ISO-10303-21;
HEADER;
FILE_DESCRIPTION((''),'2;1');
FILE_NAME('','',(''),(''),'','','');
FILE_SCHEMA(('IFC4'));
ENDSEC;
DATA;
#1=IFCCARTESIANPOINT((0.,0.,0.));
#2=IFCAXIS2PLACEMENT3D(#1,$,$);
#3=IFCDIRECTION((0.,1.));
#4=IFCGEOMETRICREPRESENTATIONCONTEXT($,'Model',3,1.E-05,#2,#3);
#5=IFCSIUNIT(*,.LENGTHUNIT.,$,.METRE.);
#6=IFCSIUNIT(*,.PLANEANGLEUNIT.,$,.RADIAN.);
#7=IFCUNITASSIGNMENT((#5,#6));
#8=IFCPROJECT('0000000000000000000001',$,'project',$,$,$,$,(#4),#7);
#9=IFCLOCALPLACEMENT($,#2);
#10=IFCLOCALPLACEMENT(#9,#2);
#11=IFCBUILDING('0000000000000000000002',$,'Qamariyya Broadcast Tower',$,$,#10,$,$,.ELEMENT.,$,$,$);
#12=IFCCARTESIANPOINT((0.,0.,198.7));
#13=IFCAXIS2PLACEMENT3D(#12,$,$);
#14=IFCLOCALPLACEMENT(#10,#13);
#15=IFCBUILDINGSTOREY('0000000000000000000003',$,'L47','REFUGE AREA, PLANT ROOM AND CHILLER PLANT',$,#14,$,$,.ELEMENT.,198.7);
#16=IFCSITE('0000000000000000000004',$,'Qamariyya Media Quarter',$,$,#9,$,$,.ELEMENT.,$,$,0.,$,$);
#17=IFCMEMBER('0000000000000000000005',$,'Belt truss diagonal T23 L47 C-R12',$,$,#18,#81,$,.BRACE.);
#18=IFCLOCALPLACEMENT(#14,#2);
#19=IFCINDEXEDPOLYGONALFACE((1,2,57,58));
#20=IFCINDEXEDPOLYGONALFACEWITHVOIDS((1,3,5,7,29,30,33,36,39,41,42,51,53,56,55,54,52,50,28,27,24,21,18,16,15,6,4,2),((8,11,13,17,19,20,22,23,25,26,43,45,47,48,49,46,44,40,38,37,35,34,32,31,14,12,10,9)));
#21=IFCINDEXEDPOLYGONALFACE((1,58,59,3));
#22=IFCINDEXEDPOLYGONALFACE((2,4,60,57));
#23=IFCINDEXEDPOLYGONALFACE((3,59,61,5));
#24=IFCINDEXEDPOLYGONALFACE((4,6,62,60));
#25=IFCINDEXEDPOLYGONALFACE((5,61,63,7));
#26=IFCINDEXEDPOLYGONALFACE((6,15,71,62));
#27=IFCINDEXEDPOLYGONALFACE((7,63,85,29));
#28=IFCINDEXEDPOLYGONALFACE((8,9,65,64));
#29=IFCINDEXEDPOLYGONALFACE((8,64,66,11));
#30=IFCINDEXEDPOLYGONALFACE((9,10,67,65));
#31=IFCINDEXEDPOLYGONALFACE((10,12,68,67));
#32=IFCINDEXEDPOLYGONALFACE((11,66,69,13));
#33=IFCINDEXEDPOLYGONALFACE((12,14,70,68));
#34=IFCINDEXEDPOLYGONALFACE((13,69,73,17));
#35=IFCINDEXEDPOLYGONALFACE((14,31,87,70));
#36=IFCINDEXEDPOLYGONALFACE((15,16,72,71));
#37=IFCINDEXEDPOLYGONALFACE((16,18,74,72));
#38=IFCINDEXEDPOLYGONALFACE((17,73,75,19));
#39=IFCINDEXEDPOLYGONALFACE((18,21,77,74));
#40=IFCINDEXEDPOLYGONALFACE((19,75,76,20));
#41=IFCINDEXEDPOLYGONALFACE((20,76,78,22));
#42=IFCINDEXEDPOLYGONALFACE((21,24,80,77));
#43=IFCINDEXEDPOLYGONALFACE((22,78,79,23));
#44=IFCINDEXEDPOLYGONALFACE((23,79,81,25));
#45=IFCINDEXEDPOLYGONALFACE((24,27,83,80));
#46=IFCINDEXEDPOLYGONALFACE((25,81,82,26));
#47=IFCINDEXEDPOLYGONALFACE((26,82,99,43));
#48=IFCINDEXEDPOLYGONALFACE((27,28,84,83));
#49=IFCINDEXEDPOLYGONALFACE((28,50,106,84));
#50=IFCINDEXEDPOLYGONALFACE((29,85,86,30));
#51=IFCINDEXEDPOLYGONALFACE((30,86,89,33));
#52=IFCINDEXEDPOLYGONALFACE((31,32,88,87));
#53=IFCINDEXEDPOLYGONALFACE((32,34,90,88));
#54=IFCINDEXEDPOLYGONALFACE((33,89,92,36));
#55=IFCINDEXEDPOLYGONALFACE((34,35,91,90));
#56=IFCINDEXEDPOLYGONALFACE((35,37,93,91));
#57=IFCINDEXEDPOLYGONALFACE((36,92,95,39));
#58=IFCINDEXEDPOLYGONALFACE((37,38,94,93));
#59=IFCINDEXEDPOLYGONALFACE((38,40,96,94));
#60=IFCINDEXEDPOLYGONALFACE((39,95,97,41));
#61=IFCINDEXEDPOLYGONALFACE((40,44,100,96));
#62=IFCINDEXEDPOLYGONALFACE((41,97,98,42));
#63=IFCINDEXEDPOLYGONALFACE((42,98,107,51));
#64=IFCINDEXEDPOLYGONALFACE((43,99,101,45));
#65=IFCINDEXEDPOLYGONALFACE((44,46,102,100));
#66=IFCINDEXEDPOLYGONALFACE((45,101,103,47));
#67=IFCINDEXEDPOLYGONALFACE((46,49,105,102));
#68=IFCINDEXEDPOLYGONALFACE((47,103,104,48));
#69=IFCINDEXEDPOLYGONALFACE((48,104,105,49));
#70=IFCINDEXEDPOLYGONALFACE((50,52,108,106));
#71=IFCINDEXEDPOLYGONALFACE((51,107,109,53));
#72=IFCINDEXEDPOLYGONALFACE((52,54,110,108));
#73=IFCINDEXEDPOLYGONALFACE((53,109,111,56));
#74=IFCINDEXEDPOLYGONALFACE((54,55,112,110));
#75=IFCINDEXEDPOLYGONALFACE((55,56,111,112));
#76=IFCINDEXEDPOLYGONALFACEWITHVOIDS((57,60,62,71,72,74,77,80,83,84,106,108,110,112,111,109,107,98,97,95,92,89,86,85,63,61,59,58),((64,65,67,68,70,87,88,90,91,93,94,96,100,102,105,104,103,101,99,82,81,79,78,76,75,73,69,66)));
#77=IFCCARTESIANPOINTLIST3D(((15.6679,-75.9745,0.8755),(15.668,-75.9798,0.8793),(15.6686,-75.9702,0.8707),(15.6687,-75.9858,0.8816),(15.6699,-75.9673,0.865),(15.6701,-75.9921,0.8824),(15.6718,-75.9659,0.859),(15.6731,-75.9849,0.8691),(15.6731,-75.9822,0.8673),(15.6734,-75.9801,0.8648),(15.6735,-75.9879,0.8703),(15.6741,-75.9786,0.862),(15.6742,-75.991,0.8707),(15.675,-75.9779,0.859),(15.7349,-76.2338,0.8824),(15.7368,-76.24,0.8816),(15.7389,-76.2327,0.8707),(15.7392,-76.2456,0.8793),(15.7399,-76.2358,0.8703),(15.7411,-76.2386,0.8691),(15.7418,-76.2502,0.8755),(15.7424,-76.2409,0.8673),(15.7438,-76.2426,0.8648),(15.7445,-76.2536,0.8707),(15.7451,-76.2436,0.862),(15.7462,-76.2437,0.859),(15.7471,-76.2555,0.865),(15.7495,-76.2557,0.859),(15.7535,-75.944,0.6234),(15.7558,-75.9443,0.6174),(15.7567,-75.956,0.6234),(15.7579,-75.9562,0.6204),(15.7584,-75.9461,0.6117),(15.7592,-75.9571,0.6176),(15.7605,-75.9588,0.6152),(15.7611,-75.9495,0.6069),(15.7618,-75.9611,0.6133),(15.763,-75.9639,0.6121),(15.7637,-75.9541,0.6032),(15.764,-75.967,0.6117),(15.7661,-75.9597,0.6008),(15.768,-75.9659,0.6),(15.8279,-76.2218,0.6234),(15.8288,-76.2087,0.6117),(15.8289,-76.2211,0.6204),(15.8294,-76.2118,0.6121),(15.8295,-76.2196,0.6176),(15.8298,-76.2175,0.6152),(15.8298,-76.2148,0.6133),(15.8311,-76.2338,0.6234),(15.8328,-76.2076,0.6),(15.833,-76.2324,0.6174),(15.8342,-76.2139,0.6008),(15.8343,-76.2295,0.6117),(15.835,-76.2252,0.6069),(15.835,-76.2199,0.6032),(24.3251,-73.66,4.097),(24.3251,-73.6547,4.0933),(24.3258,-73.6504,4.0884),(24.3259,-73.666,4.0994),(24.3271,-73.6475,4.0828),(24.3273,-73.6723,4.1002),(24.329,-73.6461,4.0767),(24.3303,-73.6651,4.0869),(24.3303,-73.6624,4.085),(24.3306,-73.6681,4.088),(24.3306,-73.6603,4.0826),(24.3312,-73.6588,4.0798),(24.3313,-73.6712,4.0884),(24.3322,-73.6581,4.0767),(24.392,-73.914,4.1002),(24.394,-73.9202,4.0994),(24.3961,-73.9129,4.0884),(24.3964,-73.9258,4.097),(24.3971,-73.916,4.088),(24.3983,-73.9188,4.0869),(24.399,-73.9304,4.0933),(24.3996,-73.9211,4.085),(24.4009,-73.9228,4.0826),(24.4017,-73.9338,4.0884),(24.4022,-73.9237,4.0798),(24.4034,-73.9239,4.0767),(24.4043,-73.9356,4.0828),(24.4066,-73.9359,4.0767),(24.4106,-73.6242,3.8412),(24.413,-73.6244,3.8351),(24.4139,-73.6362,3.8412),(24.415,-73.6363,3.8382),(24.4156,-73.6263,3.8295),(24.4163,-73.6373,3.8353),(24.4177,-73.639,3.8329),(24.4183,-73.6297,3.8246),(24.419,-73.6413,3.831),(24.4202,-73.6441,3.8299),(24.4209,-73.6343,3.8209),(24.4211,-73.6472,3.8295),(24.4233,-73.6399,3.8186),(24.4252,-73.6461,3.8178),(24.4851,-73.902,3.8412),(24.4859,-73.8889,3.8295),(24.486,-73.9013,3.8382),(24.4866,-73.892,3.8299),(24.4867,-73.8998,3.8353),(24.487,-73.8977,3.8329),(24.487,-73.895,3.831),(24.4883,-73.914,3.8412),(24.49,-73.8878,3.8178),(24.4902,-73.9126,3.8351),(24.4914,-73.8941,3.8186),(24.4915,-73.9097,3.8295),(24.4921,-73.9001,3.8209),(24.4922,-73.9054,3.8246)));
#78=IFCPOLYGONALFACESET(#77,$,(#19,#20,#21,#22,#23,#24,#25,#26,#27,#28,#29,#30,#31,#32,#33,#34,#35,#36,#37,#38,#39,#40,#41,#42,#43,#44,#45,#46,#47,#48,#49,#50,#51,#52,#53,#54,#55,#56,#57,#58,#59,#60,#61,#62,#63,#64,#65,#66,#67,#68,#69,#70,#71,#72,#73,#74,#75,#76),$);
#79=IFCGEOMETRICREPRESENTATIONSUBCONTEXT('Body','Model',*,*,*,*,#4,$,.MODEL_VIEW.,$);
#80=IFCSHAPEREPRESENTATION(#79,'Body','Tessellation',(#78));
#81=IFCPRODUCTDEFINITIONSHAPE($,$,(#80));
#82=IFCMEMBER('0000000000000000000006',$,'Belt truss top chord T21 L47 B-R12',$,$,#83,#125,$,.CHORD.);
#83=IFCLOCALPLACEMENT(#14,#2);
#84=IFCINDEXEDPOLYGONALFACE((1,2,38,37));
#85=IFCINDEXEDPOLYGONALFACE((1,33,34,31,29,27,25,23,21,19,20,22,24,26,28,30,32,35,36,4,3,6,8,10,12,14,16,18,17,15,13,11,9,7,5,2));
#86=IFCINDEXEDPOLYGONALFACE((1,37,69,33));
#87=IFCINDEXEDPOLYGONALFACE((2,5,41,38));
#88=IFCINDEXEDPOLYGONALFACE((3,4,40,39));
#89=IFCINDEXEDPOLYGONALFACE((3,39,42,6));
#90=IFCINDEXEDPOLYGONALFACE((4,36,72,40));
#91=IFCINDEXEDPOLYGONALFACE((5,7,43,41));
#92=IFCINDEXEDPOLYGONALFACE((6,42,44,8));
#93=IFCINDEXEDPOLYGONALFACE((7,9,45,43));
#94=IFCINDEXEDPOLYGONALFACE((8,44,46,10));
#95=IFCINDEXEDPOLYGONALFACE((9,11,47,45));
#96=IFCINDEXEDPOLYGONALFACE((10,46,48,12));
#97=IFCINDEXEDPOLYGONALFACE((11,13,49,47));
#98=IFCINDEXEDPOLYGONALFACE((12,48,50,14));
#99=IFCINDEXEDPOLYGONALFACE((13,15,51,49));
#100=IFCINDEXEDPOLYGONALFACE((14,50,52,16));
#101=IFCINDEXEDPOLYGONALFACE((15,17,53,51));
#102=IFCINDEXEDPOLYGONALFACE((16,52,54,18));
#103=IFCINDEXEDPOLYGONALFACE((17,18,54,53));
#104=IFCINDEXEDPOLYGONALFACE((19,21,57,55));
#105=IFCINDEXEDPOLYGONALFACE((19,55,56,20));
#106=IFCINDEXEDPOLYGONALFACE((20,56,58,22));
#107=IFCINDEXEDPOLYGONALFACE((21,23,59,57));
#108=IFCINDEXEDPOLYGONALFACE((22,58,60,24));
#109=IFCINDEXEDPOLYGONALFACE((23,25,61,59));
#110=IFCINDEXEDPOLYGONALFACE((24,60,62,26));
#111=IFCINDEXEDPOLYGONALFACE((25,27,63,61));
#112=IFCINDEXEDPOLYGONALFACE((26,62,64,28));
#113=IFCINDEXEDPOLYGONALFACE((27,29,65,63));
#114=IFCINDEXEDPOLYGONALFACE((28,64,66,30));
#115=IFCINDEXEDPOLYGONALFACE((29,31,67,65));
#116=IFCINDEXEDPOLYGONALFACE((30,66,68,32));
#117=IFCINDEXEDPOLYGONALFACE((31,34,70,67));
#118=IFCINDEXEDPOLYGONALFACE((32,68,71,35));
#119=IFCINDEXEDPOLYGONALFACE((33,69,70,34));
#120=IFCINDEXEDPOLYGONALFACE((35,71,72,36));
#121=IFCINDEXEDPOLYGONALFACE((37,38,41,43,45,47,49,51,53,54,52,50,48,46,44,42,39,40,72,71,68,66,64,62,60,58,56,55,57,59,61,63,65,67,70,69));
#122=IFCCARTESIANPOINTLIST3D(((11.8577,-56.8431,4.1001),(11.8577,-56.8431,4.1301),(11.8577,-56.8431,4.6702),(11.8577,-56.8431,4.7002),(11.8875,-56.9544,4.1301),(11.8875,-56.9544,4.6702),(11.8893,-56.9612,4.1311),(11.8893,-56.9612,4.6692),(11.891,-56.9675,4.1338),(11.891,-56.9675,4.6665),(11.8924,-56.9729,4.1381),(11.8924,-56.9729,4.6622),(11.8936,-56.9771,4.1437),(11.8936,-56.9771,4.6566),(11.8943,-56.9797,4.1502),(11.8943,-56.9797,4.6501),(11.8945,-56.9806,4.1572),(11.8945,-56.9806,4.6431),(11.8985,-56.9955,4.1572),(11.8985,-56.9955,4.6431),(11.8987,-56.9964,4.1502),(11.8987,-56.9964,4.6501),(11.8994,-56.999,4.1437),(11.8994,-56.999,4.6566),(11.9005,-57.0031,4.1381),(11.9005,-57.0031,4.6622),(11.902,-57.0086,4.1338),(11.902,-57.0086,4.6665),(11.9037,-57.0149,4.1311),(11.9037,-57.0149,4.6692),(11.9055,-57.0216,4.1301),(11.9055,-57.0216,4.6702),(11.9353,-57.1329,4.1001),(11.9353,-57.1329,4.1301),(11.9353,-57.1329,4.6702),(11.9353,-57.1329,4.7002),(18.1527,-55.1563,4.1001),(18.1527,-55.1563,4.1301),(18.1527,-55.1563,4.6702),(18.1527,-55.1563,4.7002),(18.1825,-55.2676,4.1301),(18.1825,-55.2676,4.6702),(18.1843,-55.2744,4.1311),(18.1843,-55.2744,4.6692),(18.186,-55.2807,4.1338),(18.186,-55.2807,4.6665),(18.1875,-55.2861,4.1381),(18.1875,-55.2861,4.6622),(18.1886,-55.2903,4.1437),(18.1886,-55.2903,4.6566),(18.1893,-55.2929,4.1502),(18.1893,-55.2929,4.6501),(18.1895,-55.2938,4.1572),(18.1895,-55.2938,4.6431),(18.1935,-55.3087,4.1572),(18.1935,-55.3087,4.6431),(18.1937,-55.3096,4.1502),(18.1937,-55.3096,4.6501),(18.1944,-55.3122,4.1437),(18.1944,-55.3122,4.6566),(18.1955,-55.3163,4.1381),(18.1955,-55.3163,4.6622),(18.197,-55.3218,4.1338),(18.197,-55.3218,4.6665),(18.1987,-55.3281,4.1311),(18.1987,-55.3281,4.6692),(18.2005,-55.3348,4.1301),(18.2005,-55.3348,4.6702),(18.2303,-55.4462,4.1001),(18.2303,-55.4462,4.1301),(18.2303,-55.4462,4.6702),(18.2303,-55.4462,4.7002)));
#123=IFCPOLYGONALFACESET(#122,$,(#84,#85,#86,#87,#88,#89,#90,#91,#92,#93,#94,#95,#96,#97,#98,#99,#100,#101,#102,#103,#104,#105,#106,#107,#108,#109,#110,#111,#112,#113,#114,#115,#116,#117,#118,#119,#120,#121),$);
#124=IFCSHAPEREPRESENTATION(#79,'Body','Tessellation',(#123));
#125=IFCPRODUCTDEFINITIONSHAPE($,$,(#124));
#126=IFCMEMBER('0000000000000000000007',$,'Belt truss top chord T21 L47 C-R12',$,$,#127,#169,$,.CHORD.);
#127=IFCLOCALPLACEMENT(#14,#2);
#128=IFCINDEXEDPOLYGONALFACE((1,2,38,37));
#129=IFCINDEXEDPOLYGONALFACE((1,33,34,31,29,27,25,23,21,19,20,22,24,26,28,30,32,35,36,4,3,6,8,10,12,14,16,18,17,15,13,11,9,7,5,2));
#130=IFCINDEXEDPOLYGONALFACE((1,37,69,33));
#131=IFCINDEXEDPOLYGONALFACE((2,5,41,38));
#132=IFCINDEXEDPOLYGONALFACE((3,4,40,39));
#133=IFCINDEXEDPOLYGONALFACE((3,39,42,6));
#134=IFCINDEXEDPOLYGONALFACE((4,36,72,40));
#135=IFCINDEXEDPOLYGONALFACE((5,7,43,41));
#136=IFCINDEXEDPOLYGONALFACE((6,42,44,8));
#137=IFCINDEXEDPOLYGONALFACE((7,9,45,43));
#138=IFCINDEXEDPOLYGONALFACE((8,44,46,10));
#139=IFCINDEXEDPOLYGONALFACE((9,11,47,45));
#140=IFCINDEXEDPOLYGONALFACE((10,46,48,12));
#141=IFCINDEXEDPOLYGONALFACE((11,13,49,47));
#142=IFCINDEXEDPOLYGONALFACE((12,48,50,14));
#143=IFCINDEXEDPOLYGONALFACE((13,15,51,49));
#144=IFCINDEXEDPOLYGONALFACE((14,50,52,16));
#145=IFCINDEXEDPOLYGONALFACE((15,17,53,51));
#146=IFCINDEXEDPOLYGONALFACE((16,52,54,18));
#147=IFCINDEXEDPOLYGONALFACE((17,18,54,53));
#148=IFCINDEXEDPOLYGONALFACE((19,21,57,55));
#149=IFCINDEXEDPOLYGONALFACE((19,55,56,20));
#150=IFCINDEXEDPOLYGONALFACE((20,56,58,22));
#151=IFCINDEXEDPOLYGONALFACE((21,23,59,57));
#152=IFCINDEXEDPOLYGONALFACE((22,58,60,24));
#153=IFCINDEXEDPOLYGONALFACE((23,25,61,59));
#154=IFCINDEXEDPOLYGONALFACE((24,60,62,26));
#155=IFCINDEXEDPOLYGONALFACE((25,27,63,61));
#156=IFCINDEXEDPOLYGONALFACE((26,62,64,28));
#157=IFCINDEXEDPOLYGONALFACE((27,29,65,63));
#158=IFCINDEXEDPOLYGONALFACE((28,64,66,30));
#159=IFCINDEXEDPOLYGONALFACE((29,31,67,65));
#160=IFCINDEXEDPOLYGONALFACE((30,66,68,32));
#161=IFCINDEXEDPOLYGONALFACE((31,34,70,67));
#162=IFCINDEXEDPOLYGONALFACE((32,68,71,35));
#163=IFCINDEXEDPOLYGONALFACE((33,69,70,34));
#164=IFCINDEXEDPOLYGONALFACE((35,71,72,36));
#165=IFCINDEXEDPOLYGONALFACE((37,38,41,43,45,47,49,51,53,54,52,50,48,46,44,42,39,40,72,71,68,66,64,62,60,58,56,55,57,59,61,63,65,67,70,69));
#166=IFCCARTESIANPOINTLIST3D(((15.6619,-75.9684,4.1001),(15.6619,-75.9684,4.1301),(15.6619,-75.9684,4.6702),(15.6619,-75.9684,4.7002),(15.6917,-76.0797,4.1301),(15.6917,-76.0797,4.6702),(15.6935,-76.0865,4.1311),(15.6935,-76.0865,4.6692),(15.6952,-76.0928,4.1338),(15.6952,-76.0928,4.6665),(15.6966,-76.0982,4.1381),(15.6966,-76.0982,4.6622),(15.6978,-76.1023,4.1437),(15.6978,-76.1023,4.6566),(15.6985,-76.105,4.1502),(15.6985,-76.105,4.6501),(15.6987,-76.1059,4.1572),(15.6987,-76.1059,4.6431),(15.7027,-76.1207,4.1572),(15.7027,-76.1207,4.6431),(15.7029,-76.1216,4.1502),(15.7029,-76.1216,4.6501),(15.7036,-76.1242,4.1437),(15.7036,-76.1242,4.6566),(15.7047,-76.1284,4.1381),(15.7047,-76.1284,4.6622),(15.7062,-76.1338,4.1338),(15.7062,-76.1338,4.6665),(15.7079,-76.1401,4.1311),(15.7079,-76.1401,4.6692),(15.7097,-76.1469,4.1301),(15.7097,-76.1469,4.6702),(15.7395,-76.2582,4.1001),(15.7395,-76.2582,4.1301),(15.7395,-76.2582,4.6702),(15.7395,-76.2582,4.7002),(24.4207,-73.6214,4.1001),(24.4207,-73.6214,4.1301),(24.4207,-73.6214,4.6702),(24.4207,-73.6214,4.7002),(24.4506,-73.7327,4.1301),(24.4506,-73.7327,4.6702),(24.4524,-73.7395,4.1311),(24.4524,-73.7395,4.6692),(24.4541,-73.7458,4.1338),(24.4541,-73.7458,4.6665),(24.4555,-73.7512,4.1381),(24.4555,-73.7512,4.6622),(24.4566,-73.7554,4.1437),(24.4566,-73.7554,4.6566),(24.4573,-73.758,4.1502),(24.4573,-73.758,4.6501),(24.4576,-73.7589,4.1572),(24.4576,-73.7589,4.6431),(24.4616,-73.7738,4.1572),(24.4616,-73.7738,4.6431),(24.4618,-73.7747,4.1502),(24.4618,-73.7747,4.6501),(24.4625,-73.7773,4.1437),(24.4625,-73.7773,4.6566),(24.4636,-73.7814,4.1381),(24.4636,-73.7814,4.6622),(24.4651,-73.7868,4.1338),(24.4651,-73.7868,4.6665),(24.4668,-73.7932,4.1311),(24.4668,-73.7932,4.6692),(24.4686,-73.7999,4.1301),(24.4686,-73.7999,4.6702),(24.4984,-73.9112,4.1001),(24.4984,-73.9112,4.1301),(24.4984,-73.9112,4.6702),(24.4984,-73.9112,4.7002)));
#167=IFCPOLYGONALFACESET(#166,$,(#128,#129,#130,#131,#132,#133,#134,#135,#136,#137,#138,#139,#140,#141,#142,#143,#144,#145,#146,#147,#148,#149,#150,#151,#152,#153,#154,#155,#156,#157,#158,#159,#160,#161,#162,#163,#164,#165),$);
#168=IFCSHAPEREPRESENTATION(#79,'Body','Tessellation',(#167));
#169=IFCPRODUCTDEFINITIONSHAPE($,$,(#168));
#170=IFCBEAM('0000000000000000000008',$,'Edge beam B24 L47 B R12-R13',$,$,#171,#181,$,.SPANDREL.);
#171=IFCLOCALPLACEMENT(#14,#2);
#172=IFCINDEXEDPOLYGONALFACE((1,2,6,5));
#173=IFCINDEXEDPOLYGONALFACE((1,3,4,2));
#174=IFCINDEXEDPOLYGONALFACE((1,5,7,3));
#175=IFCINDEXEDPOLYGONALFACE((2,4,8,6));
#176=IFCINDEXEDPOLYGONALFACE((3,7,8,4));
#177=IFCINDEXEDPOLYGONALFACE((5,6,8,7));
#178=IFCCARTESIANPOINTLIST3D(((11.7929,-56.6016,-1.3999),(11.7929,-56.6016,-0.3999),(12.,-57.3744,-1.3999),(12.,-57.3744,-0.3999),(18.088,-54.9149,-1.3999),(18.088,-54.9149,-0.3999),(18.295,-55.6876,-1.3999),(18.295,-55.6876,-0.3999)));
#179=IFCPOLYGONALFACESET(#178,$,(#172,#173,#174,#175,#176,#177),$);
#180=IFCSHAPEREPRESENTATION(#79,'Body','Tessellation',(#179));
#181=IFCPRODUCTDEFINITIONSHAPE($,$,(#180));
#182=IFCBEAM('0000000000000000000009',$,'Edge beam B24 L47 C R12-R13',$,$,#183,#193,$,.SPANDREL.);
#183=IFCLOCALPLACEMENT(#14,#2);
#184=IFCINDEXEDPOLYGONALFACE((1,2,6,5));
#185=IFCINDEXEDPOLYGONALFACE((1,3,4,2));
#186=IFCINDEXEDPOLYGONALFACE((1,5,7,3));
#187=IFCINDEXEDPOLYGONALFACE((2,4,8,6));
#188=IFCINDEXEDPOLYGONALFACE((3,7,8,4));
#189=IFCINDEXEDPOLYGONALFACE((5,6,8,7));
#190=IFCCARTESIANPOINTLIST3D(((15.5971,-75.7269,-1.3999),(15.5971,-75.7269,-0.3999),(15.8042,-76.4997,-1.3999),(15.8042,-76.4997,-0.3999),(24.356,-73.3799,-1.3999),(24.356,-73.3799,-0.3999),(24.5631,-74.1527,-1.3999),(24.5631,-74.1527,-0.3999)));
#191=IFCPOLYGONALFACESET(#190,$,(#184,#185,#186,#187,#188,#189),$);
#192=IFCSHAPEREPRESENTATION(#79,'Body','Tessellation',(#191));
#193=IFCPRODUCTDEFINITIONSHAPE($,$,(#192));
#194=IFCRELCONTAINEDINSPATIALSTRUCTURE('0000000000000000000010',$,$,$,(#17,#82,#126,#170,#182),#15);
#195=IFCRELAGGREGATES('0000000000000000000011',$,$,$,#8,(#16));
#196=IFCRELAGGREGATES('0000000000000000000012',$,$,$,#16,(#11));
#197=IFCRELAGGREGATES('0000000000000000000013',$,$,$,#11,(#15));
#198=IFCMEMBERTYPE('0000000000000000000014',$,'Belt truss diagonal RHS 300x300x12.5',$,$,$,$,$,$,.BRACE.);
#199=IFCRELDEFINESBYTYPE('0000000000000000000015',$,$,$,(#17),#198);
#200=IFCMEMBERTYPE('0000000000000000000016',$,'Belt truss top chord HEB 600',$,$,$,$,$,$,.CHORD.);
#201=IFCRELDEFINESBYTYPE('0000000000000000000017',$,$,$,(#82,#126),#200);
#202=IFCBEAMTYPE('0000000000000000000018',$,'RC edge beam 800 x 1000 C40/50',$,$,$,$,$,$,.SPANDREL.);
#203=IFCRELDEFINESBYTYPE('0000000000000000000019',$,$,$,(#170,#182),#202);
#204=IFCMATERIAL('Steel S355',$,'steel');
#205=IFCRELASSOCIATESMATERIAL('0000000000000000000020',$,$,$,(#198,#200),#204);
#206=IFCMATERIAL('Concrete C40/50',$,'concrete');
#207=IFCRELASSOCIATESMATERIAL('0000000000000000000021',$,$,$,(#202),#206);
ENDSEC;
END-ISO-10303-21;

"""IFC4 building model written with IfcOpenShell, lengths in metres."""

from ifc_helpers import new_model, si_unit, direction, frame, origin, origin_2d, place, context, subcontext, project, spatial, rectangle, hollow_rectangle, i_section, extrude, material, material_profile, profile_set, type_object, element, save


model = new_model("IFC4")

# Units and contexts
model_context = context("Model", 3, precision=1e-05, world=origin(), true_north=direction((0.0, 1.0)))
body_context = subcontext(model_context, "Body", "Model", "MODEL_VIEW")
ifc_project = project(units=[si_unit("LENGTHUNIT", "METRE"), si_unit("PLANEANGLEUNIT", "RADIAN")], contexts=[model_context])

# Site, building, storey
site_placement = place(None, origin())
site = spatial("IfcSite", under=ifc_project, at=site_placement, Name="Qamariyya Media Quarter", CompositionType="ELEMENT", RefElevation=0.0)
building_placement = place(site_placement, origin())
building = spatial("IfcBuilding", under=site, at=building_placement, Name="Qamariyya Broadcast Tower", CompositionType="ELEMENT")
storey_placement = place(building_placement, frame((0.0, 0.0, 198.7)))
storey = spatial("IfcBuildingStorey", under=building, at=storey_placement, Name="L47", Description="REFUGE AREA, PLANT ROOM AND CHILLER PLANT", CompositionType="ELEMENT", Elevation=198.7)

# Members
ifc_material_1 = material(Name="Steel S355", Category="steel")
ifc_material_profile_1 = material_profile(ifc_material_1, hollow_rectangle(XDim=0.3, YDim=0.3, WallThickness=0.0125, InnerFilletRadius=0.0125, OuterFilletRadius=0.0249, at=origin_2d()))
ifc_profile_set_1 = profile_set([ifc_material_profile_1], Name="Steel S355")
member_type_1 = type_object("IfcMemberType", Name="Belt truss diagonal RHS 300x300x12.5", PredefinedType="BRACE", material=ifc_profile_set_1)
member_1_placement = place(storey_placement, frame((15.7515, -76.0999, 0.7412), z_axis=(0.909108, 0.243608, 0.337903), x_axis=(-0.258832, 0.965922, 0.0)))
element("IfcMember", 1, at=member_1_placement, inside=storey, type_object=member_type_1, Name="Belt truss diagonal T23 L47 C-R12", PredefinedType="BRACE", context=body_context, shape_type="SweptSolid", body=[
    extrude(hollow_rectangle(XDim=0.3, YDim=0.3, WallThickness=0.0125, InnerFilletRadius=0.0125, OuterFilletRadius=0.0249, at=origin_2d()), origin(), (0.0, 0.0, 1.0), 9.5227),
])
ifc_material_profile_2 = material_profile(ifc_material_1, i_section(OverallWidth=0.3, OverallDepth=0.6001, WebThickness=0.0154, FlangeThickness=0.03, FilletRadius=0.0271, at=origin_2d()))
ifc_profile_set_2 = profile_set([ifc_material_profile_2], Name="Steel S355")
member_type_2 = type_object("IfcMemberType", Name="Belt truss top chord HEB 600", PredefinedType="CHORD", material=ifc_profile_set_2)
member_2_placement = place(storey_placement, frame((11.8965, -56.988, 4.4001), z_axis=(0.965924, 0.258826, 0.0), x_axis=(-0.258826, 0.965924, 0.0)))
element("IfcMember", 2, at=member_2_placement, inside=storey, type_object=member_type_2, Name="Belt truss top chord T21 L47 B-R12", PredefinedType="CHORD", context=body_context, shape_type="SweptSolid", body=[
    extrude(i_section(OverallWidth=0.3, OverallDepth=0.6001, WebThickness=0.0154, FlangeThickness=0.03, FilletRadius=0.0271, at=origin_2d()), origin(), (0.0, 0.0, 1.0), 6.5171),
])
member_3_placement = place(storey_placement, frame((15.7007, -76.1133, 4.4001), z_axis=(0.965925, 0.25882, 0.0), x_axis=(-0.25882, 0.965925, 0.0)))
element("IfcMember", 3, at=member_3_placement, inside=storey, type_object=member_type_2, Name="Belt truss top chord T21 L47 C-R12", PredefinedType="CHORD", context=body_context, shape_type="SweptSolid", body=[
    extrude(i_section(OverallWidth=0.3, OverallDepth=0.6001, WebThickness=0.0154, FlangeThickness=0.03, FilletRadius=0.0271, at=origin_2d()), origin(), (0.0, 0.0, 1.0), 9.0679),
])

# Beams
ifc_material_2 = material(Name="Concrete C40/50", Category="concrete")
ifc_material_profile_3 = material_profile(ifc_material_2, rectangle(XDim=0.8, YDim=1.0, at=origin_2d()))
ifc_profile_set_3 = profile_set([ifc_material_profile_3], Name="Concrete C40/50")
beam_type = type_object("IfcBeamType", Name="RC edge beam 800 x 1000 C40/50", PredefinedType="SPANDREL", material=ifc_profile_set_3)
beam_1_placement = place(storey_placement, frame((11.8965, -56.988, -0.8999), z_axis=(0.965924, 0.258826, 0.0), x_axis=(-0.258826, 0.965924, 0.0)))
element("IfcBeam", 4, at=beam_1_placement, inside=storey, type_object=beam_type, Name="Edge beam B24 L47 B R12-R13", PredefinedType="SPANDREL", context=body_context, shape_type="SweptSolid", body=[
    extrude(rectangle(XDim=0.8, YDim=1.0, at=origin_2d()), origin(), (0.0, 0.0, 1.0), 6.5171),
])
beam_2_placement = place(storey_placement, frame((15.7007, -76.1133, -0.8999), z_axis=(0.965925, 0.25882, 0.0), x_axis=(-0.25882, 0.965925, 0.0)))
element("IfcBeam", 5, at=beam_2_placement, inside=storey, type_object=beam_type, Name="Edge beam B24 L47 C R12-R13", PredefinedType="SPANDREL", context=body_context, shape_type="SweptSolid", body=[
    extrude(rectangle(XDim=0.8, YDim=1.0, at=origin_2d()), origin(), (0.0, 0.0, 1.0), 9.0679),
])

save(model, "model.ifc")
